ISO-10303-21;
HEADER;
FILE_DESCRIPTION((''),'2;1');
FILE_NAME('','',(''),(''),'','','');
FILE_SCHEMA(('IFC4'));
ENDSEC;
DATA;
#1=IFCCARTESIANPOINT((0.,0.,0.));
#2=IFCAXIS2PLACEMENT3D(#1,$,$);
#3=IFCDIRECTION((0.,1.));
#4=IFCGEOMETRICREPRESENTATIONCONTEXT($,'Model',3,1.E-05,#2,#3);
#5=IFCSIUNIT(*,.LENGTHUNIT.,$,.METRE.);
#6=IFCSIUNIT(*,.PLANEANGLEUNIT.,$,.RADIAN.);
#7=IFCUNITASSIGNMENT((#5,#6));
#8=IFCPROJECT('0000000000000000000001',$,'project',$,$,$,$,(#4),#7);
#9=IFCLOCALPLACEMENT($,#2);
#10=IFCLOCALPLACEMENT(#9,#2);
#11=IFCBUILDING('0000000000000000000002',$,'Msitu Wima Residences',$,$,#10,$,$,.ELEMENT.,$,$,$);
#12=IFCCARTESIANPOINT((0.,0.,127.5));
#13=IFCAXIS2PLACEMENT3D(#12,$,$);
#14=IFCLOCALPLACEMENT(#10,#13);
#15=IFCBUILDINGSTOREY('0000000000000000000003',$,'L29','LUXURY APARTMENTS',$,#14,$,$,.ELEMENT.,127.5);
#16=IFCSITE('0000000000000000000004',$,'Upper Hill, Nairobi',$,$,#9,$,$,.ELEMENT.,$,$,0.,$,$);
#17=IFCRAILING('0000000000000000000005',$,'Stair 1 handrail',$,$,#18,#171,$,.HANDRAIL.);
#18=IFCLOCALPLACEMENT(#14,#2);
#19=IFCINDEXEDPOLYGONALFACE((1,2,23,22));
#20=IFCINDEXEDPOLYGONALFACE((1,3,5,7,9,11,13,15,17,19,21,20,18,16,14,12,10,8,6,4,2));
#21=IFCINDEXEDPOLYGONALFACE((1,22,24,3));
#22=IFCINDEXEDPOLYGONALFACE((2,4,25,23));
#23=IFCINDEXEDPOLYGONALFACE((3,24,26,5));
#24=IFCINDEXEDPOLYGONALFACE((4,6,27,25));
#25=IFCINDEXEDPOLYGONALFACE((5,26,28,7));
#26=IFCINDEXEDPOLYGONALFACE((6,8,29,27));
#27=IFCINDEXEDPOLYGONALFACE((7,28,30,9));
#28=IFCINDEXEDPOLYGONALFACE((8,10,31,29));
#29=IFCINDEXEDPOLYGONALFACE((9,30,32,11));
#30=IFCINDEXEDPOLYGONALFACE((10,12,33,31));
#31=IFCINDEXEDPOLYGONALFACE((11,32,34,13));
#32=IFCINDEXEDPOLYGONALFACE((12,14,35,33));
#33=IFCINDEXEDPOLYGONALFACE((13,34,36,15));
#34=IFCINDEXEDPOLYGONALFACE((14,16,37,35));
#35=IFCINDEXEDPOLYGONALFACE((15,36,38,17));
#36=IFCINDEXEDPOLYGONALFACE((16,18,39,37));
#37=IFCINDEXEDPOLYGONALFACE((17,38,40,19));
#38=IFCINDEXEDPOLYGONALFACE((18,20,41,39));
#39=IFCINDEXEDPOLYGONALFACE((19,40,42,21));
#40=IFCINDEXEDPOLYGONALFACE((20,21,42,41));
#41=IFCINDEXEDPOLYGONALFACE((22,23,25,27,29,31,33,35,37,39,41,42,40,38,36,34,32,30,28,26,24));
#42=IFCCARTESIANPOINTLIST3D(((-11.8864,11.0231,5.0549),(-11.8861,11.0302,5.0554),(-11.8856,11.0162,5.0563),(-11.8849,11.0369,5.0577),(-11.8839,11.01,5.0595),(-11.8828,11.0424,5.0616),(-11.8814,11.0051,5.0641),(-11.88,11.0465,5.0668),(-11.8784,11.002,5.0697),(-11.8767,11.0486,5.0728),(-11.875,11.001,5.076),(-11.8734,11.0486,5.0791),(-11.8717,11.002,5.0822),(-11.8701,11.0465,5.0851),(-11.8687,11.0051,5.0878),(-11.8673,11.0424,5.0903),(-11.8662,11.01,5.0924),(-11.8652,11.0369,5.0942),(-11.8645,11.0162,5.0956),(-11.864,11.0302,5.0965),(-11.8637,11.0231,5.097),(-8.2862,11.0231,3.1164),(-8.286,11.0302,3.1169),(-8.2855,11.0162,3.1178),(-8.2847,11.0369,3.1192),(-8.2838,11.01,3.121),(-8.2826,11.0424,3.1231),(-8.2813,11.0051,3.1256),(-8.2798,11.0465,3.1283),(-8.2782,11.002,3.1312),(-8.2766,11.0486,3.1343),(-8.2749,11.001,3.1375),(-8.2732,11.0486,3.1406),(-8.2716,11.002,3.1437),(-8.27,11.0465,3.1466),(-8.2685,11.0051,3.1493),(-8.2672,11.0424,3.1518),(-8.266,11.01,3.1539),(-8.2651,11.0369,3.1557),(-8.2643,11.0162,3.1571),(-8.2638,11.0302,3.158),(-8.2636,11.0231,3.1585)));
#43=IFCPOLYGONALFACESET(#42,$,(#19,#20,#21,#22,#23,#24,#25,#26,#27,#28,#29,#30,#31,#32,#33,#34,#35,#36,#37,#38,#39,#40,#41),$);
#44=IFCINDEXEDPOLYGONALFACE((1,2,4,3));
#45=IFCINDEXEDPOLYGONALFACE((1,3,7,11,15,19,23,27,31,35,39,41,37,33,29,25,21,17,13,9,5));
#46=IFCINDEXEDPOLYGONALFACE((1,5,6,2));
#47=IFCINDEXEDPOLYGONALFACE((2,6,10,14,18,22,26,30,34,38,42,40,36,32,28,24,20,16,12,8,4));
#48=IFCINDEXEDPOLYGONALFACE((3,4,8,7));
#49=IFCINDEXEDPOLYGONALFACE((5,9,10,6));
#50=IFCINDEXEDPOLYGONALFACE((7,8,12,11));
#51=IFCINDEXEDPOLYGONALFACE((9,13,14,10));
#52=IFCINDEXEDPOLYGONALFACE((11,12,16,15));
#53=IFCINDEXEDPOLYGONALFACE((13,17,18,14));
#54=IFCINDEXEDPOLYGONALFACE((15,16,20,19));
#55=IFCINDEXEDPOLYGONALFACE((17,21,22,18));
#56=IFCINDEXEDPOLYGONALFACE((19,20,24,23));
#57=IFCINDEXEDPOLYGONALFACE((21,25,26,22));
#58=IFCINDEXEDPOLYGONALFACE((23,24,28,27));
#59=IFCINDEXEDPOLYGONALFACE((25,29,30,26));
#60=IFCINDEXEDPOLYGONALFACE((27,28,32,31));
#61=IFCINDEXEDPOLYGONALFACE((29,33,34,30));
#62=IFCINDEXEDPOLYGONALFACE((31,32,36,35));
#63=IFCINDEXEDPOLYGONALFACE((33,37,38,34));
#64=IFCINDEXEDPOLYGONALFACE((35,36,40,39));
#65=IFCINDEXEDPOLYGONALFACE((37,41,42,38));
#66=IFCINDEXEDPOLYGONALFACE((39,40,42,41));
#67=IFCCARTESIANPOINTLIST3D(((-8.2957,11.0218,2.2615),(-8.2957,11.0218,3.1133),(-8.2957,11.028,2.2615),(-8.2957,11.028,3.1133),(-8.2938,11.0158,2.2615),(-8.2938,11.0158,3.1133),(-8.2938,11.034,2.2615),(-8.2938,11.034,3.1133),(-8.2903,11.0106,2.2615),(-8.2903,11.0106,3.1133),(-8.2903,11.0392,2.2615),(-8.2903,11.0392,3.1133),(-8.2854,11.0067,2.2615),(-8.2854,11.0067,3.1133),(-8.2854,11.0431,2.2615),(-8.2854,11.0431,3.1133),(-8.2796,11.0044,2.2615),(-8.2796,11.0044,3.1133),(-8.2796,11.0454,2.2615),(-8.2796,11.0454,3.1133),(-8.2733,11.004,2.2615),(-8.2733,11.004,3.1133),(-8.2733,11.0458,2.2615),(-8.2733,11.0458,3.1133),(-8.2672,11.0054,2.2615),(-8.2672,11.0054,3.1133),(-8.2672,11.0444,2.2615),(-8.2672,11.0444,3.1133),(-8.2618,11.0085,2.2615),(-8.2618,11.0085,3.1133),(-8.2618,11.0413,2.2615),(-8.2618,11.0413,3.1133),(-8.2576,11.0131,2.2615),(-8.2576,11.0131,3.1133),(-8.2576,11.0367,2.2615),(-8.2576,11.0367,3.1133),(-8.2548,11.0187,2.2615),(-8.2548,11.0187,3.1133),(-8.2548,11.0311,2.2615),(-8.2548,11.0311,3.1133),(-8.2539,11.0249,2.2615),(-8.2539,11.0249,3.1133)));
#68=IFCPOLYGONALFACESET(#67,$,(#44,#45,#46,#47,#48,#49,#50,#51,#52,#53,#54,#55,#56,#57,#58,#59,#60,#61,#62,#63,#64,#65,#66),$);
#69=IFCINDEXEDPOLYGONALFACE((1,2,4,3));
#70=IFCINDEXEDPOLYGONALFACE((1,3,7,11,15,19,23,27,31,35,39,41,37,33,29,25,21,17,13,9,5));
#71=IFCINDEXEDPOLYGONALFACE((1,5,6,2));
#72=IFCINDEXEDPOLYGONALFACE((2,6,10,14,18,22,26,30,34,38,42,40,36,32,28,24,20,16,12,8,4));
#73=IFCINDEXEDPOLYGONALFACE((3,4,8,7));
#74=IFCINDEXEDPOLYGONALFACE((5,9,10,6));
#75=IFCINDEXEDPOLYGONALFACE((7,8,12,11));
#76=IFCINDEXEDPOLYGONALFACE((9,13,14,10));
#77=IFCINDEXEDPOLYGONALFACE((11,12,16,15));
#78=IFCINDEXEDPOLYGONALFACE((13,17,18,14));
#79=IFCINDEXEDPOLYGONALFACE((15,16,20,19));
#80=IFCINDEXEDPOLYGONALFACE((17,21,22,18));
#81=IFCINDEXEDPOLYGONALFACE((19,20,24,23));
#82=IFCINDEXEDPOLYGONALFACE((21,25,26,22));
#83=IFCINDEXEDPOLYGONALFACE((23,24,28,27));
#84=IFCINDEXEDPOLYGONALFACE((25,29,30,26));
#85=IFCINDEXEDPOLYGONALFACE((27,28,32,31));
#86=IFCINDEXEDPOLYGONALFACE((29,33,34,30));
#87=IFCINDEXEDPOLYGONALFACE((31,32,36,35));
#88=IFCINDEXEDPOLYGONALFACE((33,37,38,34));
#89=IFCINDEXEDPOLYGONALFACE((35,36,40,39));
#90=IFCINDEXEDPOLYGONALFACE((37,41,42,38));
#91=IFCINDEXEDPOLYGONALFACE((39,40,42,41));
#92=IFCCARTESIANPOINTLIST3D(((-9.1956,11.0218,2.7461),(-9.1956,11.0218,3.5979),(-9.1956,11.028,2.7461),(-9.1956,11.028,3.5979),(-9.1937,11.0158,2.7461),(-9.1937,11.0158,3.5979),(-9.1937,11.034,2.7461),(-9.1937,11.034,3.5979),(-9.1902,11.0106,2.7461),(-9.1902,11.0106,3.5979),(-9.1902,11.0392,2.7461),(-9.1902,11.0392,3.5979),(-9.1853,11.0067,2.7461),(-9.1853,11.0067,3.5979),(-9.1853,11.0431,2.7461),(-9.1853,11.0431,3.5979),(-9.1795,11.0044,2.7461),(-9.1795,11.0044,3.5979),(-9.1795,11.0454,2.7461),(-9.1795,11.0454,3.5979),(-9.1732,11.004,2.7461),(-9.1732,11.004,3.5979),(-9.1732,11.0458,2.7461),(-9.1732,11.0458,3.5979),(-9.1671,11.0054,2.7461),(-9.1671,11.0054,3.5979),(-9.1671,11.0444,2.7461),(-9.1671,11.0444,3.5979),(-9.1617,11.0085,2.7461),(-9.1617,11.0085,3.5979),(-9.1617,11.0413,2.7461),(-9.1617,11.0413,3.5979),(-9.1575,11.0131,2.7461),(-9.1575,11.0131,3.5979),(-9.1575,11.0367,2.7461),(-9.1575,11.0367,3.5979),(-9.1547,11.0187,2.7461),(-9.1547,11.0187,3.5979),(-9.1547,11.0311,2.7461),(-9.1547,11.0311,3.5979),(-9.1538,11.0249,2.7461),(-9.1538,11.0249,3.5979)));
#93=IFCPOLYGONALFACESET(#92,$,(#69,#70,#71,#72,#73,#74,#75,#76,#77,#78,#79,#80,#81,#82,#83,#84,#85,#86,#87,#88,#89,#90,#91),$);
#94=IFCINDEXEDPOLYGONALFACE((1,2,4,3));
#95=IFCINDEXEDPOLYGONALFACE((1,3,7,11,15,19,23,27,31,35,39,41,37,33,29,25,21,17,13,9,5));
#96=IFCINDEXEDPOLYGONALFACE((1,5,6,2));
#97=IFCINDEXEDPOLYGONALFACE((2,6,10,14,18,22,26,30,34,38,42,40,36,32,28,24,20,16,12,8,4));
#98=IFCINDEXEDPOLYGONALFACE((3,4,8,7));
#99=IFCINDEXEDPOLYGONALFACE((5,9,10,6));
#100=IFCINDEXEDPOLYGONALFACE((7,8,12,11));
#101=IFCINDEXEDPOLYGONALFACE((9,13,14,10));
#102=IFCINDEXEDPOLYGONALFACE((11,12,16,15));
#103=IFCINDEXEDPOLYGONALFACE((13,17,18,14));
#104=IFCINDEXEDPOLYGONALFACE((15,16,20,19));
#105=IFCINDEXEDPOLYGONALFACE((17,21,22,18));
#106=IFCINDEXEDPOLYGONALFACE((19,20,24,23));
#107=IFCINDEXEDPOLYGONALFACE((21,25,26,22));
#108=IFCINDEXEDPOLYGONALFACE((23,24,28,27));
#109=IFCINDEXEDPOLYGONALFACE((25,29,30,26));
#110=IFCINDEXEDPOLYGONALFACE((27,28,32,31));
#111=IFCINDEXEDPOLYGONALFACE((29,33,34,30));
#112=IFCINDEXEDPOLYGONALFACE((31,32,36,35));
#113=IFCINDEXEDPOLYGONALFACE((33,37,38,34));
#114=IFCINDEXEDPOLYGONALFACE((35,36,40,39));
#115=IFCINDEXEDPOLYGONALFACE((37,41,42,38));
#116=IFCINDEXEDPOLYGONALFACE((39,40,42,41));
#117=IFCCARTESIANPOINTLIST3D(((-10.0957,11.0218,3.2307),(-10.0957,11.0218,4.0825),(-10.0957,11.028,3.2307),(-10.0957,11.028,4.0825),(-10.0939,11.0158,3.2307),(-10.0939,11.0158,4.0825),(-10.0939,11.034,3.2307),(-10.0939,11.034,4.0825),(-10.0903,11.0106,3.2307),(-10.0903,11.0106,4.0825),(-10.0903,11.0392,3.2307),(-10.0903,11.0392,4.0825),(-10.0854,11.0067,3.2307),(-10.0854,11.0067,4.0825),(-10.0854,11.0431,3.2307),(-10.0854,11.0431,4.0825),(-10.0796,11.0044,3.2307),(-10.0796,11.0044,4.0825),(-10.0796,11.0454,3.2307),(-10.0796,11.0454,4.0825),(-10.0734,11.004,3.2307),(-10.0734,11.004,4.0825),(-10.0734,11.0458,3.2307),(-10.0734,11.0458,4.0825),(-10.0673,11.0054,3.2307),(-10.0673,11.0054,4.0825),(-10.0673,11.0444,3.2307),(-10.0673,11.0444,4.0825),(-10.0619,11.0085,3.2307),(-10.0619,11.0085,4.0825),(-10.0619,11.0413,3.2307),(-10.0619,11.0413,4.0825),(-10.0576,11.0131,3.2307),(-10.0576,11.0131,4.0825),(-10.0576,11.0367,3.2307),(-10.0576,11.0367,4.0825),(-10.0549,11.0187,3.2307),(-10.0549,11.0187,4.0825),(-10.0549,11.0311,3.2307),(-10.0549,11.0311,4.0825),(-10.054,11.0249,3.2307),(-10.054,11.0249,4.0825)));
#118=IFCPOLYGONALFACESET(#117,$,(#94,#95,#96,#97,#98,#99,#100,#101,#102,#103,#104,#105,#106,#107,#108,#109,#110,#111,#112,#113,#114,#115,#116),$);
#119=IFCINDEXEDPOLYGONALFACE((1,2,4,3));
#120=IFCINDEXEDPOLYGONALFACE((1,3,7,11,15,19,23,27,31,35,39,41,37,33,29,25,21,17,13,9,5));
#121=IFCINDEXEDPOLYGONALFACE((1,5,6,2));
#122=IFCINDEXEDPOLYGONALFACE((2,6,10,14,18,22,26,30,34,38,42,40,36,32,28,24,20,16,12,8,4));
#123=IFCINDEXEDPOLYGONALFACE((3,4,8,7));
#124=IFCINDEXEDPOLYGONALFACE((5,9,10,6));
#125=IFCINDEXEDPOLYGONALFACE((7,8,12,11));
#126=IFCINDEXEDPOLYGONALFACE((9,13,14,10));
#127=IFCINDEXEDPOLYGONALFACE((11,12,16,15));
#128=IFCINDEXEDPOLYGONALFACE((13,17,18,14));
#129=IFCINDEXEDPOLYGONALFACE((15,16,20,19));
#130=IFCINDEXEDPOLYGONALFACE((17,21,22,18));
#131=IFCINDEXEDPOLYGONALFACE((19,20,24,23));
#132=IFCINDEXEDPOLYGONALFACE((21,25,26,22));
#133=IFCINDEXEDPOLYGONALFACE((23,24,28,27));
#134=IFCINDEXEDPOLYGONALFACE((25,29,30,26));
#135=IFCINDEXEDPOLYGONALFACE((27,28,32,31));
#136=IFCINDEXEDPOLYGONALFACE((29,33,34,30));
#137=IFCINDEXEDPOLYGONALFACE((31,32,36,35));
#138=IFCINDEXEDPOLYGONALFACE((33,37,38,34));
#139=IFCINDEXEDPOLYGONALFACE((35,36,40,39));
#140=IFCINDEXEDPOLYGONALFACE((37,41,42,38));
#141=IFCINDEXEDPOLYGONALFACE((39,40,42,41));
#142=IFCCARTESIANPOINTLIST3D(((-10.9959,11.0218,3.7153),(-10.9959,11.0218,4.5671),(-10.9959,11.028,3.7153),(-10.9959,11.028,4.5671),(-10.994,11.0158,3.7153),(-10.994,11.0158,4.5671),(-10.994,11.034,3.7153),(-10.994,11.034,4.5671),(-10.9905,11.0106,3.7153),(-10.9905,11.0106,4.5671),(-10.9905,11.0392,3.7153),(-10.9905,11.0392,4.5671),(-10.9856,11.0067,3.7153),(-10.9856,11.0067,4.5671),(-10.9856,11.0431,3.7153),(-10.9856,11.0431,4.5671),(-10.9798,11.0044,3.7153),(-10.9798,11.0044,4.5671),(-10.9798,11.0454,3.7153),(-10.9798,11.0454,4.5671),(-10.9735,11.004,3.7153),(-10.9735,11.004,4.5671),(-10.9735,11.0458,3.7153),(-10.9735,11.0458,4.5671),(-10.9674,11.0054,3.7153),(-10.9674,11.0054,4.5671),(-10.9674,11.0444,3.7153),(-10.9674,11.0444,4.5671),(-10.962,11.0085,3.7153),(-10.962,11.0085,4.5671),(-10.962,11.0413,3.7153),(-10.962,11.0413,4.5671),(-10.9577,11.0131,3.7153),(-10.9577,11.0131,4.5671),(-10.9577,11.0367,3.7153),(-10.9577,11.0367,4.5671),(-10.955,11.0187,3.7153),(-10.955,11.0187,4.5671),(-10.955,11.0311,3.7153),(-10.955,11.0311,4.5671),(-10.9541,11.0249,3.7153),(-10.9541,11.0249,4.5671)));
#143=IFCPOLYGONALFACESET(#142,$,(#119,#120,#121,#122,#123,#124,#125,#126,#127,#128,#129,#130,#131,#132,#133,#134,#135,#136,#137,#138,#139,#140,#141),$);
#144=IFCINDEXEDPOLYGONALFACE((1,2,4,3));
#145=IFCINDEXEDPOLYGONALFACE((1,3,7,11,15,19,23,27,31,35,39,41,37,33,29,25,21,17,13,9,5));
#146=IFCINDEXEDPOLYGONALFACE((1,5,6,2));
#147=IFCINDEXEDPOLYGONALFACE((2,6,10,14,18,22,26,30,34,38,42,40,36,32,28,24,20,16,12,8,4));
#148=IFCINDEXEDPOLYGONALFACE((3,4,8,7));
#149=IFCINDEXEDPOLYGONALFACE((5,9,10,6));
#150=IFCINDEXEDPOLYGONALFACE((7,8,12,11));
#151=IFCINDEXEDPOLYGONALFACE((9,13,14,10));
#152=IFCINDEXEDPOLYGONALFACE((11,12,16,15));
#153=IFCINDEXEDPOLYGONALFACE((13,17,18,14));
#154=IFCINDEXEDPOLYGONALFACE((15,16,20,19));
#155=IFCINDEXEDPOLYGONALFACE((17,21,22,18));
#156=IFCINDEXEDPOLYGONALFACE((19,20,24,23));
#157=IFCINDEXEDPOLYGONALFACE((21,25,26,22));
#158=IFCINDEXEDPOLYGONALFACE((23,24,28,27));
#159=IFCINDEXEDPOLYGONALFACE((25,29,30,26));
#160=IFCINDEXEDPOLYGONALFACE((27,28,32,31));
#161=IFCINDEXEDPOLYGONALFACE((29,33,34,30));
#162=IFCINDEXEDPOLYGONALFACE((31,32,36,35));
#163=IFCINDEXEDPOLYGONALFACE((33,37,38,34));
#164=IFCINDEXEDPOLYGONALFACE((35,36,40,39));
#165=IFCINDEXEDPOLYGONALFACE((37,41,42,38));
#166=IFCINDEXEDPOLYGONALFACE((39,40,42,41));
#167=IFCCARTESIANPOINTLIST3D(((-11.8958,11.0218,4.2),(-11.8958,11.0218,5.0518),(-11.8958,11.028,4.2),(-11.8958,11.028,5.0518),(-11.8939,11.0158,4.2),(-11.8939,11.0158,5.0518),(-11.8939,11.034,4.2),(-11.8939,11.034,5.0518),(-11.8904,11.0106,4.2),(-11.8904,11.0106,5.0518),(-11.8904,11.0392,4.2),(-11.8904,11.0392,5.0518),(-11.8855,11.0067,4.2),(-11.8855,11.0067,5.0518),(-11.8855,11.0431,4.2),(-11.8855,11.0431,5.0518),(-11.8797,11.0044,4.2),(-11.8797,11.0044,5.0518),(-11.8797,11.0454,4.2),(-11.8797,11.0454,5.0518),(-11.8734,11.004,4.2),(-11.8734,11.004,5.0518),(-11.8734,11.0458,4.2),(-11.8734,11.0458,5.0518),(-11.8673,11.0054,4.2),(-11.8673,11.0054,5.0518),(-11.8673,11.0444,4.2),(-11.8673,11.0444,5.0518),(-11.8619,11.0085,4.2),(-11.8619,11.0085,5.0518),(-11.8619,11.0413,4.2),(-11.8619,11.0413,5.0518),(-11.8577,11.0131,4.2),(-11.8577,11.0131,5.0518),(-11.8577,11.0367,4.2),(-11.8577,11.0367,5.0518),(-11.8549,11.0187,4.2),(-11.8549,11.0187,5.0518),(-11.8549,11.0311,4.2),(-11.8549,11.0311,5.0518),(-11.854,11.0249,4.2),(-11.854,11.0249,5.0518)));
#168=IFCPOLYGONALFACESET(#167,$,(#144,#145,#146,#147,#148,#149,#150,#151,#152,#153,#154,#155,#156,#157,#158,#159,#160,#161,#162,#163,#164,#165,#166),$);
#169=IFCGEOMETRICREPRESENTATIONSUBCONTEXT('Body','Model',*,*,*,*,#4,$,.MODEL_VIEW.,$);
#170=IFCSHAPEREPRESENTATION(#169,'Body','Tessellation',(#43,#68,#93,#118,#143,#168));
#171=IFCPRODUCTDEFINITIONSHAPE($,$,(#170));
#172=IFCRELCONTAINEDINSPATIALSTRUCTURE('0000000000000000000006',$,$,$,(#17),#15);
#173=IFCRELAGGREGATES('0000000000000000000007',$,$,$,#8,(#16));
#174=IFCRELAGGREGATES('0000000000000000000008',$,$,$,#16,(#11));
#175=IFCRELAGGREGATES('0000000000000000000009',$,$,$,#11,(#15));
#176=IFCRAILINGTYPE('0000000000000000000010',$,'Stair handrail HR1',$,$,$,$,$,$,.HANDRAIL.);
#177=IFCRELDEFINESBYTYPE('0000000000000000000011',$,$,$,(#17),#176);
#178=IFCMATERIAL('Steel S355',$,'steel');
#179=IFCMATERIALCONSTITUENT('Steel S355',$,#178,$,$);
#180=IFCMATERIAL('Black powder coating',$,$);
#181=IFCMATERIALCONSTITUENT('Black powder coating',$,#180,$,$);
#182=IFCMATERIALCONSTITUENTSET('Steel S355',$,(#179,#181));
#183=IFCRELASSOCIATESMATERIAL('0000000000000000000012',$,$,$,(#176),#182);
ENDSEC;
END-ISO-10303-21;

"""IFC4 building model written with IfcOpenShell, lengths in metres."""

from ifc_helpers import new_model, si_unit, direction, frame, origin, origin_2d, place, context, subcontext, project, spatial, circle, extrude, material, constituent, constituent_set, type_object, element, save


model = new_model("IFC4")

# Units and contexts
model_context = context("Model", 3, precision=1e-05, world=origin(), true_north=direction((0.0, 1.0)))
body_context = subcontext(model_context, "Body", "Model", "MODEL_VIEW")
ifc_project = project(units=[si_unit("LENGTHUNIT", "METRE"), si_unit("PLANEANGLEUNIT", "RADIAN")], contexts=[model_context])

# Site, building, storey
site_placement = place(None, origin())
site = spatial("IfcSite", under=ifc_project, at=site_placement, Name="Upper Hill, Nairobi", CompositionType="ELEMENT", RefElevation=0.0)
building_placement = place(site_placement, origin())
building = spatial("IfcBuilding", under=site, at=building_placement, Name="Msitu Wima Residences", CompositionType="ELEMENT")
storey_placement = place(building_placement, frame((0.0, 0.0, 127.5)))
storey = spatial("IfcBuildingStorey", under=building, at=storey_placement, Name="L29", Description="LUXURY APARTMENTS", CompositionType="ELEMENT", Elevation=127.5)

# Railing
ifc_material_1 = material(Name="Steel S355", Category="steel")
ifc_constituent_1 = constituent(ifc_material_1, Name="Steel S355")
ifc_material_2 = material(Name="Black powder coating")
ifc_constituent_2 = constituent(ifc_material_2, Name="Black powder coating")
ifc_constituent_set = constituent_set(constituents=[ifc_constituent_1, ifc_constituent_2], Name="Steel S355")
railing_type = type_object("IfcRailingType", Name="Stair handrail HR1", PredefinedType="HANDRAIL", material=ifc_constituent_set)
for number, where, name in (
    (1, (-8.2749, 11.0249, 2.2615), "Stair 1 handrail"),
):
    element("IfcRailing", number, at=place(storey_placement, frame(where)), inside=storey, type_object=railing_type, Name=name, PredefinedType="HANDRAIL", context=body_context, shape_type="SweptSolid", body=[
        extrude(circle(Radius=0.0239, at=origin_2d()), frame((0.0, 0.0, 0.876), z_axis=(-0.880475, 0.0, 0.474093), x_axis=(0.0, -1.0, 0.0)), (0.0, 0.0, 1.0), 4.0889),
        extrude(circle(Radius=0.021, at=origin_2d()), origin(), (0.0, 0.0, 1.0), 0.8518),
        extrude(circle(Radius=0.021, at=origin_2d()), frame((-0.8999, 0.0, 0.4846)), (0.0, 0.0, 1.0), 0.8518),
        extrude(circle(Radius=0.021, at=origin_2d()), frame((-1.8, 0.0, 0.9692)), (0.0, 0.0, 1.0), 0.8518),
        extrude(circle(Radius=0.021, at=origin_2d()), frame((-2.7002, 0.0, 1.4539)), (0.0, 0.0, 1.0), 0.8518),
        extrude(circle(Radius=0.021, at=origin_2d()), frame((-3.6001, 0.0, 1.9385)), (0.0, 0.0, 1.0), 0.8518),
    ])

save(model, "model.ifc")
